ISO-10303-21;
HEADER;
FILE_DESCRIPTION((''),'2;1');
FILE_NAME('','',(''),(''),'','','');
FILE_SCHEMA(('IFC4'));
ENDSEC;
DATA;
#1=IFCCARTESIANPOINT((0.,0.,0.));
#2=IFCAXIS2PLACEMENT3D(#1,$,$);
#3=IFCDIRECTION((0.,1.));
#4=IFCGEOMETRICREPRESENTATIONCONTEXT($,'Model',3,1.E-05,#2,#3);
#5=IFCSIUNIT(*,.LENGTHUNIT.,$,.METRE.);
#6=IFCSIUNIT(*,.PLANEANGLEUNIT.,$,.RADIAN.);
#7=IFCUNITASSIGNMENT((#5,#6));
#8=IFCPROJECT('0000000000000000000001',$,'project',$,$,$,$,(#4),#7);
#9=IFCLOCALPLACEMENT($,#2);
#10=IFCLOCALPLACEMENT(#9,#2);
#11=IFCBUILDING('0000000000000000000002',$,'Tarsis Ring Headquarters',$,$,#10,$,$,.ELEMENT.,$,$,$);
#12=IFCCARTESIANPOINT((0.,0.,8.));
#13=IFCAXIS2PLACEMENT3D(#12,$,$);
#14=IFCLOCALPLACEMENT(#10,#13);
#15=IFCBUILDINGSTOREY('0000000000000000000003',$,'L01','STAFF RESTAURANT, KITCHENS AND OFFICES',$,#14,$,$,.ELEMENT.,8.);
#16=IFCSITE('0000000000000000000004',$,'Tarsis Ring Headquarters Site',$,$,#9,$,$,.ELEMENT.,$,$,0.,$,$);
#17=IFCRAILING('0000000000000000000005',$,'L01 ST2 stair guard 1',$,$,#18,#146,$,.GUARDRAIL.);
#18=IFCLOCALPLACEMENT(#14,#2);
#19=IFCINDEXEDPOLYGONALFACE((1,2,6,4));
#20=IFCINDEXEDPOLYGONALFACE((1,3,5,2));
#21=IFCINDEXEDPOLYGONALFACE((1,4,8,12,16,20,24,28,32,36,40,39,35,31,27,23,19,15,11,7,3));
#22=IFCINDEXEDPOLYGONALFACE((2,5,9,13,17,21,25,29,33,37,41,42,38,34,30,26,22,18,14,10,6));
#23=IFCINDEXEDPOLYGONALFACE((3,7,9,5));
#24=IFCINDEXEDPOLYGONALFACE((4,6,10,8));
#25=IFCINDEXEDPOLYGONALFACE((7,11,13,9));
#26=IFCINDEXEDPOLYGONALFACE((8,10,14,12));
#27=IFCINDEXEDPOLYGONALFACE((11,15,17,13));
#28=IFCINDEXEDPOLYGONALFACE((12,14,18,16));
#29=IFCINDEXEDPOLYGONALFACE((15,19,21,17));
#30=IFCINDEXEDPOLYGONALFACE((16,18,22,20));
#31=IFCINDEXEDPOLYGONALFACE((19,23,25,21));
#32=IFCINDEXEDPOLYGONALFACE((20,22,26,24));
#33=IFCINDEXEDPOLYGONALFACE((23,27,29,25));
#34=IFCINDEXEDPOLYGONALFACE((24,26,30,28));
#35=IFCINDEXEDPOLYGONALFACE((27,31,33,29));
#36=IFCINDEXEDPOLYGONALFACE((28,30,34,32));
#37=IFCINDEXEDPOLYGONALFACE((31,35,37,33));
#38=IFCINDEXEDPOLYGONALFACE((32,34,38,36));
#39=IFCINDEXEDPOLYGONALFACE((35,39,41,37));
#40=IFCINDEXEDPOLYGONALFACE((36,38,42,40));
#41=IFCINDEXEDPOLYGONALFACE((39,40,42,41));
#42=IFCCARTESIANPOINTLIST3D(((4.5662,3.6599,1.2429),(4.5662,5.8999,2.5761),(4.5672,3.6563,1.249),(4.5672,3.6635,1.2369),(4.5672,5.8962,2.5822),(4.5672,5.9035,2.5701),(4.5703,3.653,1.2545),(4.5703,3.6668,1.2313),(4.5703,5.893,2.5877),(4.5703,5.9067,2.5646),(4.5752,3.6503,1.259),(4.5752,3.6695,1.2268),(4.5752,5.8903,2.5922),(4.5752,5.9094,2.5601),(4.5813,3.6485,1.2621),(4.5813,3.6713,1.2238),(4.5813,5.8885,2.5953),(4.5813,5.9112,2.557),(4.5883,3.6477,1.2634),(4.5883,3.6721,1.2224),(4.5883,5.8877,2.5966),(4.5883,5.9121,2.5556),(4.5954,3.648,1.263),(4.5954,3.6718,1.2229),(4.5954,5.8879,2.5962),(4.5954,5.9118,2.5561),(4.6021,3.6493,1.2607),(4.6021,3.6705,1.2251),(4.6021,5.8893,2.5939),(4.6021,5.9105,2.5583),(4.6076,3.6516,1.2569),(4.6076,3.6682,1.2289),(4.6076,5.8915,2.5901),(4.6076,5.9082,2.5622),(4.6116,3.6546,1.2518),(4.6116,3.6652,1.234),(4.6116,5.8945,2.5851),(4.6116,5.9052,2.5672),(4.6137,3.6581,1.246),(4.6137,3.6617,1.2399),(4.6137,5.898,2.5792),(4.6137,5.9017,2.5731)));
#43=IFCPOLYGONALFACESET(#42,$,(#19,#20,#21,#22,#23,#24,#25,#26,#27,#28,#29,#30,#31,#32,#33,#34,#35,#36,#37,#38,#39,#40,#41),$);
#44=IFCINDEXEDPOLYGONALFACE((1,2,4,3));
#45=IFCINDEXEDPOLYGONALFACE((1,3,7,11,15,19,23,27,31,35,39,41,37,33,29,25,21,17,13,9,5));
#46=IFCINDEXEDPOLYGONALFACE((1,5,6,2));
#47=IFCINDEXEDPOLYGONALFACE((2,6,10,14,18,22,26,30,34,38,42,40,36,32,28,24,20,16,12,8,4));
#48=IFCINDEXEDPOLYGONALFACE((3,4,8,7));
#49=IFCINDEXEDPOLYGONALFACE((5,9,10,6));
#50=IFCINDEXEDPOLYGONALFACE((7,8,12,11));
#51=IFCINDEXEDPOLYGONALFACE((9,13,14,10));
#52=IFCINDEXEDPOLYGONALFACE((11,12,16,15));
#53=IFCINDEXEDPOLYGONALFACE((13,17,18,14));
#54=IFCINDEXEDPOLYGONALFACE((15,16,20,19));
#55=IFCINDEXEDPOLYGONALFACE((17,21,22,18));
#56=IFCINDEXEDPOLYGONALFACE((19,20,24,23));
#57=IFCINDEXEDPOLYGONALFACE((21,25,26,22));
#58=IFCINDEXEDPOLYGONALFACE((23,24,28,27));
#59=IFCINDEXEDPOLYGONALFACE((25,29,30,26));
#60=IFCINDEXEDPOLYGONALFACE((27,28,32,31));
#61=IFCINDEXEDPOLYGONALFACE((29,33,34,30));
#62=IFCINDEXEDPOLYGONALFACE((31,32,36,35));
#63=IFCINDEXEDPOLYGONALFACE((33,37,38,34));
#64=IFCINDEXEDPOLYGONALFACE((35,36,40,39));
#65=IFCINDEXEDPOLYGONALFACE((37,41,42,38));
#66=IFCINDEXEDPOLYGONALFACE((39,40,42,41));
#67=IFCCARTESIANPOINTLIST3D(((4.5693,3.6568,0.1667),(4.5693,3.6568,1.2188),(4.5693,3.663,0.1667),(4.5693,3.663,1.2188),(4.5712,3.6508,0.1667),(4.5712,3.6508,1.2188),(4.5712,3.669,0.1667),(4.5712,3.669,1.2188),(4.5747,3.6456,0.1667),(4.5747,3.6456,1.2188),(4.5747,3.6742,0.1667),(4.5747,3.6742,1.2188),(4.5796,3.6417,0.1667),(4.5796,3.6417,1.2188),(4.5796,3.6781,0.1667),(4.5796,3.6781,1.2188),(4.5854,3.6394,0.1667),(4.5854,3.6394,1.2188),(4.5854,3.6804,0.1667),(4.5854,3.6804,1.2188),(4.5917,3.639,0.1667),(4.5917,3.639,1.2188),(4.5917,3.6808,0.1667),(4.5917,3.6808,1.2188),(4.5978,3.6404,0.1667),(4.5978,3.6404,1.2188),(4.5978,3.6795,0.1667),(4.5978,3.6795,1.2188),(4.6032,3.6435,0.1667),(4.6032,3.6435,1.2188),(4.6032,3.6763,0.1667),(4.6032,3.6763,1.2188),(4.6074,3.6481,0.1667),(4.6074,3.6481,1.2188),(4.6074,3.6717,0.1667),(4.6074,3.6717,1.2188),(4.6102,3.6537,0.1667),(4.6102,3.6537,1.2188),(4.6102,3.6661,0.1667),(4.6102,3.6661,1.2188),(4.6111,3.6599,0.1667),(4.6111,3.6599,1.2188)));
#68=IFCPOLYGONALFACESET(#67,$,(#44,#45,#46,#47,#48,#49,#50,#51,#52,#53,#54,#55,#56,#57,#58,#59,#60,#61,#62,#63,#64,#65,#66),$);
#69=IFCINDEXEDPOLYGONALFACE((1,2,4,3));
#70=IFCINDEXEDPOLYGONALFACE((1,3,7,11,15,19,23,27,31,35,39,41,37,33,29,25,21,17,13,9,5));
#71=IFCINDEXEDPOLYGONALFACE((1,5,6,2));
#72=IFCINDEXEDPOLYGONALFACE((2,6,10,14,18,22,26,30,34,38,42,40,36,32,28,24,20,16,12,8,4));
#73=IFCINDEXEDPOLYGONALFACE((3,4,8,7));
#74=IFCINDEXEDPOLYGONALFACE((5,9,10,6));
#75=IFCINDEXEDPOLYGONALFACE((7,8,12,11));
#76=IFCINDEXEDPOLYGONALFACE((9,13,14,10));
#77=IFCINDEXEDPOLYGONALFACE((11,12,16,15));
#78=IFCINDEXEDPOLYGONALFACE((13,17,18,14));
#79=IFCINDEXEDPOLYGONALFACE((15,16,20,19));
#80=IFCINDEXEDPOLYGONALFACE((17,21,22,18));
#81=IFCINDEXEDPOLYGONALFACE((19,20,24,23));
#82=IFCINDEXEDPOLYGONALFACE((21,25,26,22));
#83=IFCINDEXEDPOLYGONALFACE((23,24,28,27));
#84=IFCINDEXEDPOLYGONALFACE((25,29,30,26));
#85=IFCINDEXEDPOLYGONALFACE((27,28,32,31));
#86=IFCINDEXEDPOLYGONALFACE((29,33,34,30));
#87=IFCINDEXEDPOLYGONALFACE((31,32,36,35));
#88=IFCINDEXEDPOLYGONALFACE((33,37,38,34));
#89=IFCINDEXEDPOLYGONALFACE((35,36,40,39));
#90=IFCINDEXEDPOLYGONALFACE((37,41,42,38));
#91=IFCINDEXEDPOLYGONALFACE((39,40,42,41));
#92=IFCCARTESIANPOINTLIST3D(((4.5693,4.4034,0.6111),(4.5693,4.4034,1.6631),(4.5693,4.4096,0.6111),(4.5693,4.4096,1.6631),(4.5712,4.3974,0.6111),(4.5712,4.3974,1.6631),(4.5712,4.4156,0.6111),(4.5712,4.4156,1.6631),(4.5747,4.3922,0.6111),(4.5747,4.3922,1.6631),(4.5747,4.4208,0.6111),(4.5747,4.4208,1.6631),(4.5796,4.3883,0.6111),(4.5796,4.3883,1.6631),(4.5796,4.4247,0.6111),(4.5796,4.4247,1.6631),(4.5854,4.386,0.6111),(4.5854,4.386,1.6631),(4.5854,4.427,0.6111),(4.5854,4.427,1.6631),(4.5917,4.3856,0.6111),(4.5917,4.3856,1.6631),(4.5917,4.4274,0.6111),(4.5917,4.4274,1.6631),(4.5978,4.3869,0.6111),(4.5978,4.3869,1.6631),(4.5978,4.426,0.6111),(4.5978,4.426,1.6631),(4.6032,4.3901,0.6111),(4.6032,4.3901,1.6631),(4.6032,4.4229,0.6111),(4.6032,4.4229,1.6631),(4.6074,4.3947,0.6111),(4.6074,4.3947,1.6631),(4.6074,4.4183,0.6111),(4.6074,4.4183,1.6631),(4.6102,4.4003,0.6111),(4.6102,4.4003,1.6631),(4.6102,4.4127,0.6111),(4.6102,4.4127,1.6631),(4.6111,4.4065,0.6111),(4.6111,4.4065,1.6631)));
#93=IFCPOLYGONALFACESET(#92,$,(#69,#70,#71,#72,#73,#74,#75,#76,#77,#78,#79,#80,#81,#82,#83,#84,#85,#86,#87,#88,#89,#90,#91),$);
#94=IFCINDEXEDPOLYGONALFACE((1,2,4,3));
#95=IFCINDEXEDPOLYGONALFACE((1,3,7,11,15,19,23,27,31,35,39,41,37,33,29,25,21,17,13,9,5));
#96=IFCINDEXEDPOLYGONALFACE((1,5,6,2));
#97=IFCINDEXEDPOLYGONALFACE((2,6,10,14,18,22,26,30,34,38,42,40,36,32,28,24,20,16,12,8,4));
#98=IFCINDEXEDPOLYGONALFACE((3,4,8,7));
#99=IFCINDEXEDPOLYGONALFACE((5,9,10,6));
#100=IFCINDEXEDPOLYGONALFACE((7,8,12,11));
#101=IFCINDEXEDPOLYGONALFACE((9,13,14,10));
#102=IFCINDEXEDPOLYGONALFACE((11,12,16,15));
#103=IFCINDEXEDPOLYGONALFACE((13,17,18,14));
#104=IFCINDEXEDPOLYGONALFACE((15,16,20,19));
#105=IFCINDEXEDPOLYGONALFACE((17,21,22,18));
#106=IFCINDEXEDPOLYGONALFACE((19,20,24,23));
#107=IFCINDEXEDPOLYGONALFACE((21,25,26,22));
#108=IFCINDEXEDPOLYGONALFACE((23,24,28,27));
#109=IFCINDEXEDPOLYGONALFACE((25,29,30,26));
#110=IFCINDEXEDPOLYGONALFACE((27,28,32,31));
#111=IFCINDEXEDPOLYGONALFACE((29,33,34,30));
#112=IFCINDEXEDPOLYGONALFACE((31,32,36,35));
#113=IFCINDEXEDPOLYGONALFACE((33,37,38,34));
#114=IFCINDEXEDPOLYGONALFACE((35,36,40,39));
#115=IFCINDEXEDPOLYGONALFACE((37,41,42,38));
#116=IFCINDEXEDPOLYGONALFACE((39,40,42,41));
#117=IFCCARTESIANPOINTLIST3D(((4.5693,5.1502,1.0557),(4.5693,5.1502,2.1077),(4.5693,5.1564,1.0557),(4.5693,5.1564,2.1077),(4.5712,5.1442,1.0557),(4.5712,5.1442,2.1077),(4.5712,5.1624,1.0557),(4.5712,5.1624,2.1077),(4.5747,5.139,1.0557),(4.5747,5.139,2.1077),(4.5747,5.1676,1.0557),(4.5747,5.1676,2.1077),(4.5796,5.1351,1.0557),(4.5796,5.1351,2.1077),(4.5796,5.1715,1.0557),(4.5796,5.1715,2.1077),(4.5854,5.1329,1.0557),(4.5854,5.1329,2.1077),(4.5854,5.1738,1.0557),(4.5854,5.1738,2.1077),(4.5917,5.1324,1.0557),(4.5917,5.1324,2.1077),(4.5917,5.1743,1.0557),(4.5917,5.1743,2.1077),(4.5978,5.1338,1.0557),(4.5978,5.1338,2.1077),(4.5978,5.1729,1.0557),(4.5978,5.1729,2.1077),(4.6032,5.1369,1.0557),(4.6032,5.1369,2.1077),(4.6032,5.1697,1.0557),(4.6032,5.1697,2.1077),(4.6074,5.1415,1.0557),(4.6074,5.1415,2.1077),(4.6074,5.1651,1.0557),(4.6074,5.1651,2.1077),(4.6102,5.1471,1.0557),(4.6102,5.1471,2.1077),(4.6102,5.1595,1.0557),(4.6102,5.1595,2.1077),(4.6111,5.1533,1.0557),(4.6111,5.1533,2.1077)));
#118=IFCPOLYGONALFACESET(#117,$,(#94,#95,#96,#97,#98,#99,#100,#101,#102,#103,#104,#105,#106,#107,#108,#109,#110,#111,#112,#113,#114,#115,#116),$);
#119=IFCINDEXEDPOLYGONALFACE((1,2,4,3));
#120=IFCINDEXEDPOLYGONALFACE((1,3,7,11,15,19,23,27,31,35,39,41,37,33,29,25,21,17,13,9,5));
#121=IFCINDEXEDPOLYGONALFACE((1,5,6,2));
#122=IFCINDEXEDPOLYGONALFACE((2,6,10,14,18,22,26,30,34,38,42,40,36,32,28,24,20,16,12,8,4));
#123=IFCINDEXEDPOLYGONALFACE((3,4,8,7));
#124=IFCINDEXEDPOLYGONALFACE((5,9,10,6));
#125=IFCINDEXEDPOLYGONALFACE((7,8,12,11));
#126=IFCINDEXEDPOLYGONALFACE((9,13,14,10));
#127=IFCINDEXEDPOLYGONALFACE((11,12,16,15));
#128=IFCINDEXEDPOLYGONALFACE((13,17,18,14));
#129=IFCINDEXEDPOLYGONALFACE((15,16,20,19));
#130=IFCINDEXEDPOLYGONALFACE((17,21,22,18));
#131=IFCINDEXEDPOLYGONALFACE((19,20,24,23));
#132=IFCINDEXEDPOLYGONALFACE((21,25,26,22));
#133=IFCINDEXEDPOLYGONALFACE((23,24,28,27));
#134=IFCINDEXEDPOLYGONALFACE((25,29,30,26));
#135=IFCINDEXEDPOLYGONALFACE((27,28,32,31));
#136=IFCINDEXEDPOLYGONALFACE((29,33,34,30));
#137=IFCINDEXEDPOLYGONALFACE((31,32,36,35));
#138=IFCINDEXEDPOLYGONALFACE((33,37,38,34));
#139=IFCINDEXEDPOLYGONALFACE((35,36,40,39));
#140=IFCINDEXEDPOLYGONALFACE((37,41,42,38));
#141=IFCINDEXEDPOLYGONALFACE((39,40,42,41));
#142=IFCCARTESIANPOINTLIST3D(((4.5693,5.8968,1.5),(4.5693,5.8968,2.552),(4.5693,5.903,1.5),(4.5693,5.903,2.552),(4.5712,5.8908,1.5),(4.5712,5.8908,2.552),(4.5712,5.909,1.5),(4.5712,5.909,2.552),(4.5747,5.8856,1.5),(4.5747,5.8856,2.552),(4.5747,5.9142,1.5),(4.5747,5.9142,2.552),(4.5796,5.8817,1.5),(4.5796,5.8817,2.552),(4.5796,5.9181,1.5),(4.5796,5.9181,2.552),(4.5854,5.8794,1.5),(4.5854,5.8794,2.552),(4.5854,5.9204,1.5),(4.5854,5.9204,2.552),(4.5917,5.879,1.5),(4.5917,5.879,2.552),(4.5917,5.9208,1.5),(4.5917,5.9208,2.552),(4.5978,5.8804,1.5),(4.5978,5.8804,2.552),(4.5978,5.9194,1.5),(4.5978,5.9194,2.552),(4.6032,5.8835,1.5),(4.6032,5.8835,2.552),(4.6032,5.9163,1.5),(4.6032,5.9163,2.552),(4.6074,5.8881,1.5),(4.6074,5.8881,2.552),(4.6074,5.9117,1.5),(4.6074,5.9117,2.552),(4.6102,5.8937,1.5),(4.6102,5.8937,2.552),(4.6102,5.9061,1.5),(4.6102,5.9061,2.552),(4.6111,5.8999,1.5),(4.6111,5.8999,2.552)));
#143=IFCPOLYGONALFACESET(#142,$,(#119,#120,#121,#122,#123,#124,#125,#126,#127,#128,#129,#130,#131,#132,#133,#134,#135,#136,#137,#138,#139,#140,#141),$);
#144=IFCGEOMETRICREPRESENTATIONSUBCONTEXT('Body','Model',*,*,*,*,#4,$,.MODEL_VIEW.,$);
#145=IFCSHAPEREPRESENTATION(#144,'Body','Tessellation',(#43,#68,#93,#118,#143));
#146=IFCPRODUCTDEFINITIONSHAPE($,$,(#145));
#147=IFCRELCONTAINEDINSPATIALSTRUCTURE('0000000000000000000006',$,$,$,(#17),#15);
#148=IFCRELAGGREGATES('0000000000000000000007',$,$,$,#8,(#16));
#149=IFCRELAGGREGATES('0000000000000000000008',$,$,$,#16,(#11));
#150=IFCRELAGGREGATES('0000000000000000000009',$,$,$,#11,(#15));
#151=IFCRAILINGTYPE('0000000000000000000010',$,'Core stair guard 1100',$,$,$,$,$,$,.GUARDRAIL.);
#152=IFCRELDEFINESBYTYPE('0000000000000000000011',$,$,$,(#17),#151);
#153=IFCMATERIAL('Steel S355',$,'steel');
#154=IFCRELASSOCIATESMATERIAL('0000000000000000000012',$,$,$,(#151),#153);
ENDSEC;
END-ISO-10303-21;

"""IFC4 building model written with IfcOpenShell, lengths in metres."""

from ifc_helpers import new_model, si_unit, direction, frame, origin, origin_2d, place, context, subcontext, project, spatial, circle, extrude, material, type_object, element, save


model = new_model("IFC4")

# Units and contexts
model_context = context("Model", 3, precision=1e-05, world=origin(), true_north=direction((0.0, 1.0)))
body_context = subcontext(model_context, "Body", "Model", "MODEL_VIEW")
ifc_project = project(units=[si_unit("LENGTHUNIT", "METRE"), si_unit("PLANEANGLEUNIT", "RADIAN")], contexts=[model_context])

# Site, building, storey
site_placement = place(None, origin())
site = spatial("IfcSite", under=ifc_project, at=site_placement, Name="Tarsis Ring Headquarters Site", CompositionType="ELEMENT", RefElevation=0.0)
building_placement = place(site_placement, origin())
building = spatial("IfcBuilding", under=site, at=building_placement, Name="Tarsis Ring Headquarters", CompositionType="ELEMENT")
storey_placement = place(building_placement, frame((0.0, 0.0, 8.0)))
storey = spatial("IfcBuildingStorey", under=building, at=storey_placement, Name="L01", Description="STAFF RESTAURANT, KITCHENS AND OFFICES", CompositionType="ELEMENT", Elevation=8.0)

# Railing
ifc_material_1 = material(Name="Steel S355", Category="steel")
railing_type_1 = type_object("IfcRailingType", Name="Core stair guard 1100", PredefinedType="GUARDRAIL", material=ifc_material_1)
railing_1_placement = place(storey_placement, frame((4.5901, 3.6599, 0.1667)))
element("IfcRailing", 1, at=railing_1_placement, inside=storey, type_object=railing_type_1, Name="L01 ST2 stair guard 1", PredefinedType="GUARDRAIL", context=body_context, shape_type="SweptSolid", body=[
    extrude(circle(Radius=0.0239, at=origin_2d()), frame((0.0, 0.0, 1.0762), z_axis=(0.0, 0.859306, 0.511462), x_axis=(-1.0, 0.0, 0.0)), (0.0, 0.0, 1.0), 2.6067),
    extrude(circle(Radius=0.021, at=origin_2d()), origin(), (0.0, 0.0, 1.0), 1.052),
    extrude(circle(Radius=0.021, at=origin_2d()), frame((0.0, 0.7466, 0.4443)), (0.0, 0.0, 1.0), 1.052),
    extrude(circle(Radius=0.021, at=origin_2d()), frame((0.0, 1.4934, 0.8889)), (0.0, 0.0, 1.0), 1.052),
    extrude(circle(Radius=0.021, at=origin_2d()), frame((0.0, 2.24, 1.3333)), (0.0, 0.0, 1.0), 1.052),
])

save(model, "model.ifc")
